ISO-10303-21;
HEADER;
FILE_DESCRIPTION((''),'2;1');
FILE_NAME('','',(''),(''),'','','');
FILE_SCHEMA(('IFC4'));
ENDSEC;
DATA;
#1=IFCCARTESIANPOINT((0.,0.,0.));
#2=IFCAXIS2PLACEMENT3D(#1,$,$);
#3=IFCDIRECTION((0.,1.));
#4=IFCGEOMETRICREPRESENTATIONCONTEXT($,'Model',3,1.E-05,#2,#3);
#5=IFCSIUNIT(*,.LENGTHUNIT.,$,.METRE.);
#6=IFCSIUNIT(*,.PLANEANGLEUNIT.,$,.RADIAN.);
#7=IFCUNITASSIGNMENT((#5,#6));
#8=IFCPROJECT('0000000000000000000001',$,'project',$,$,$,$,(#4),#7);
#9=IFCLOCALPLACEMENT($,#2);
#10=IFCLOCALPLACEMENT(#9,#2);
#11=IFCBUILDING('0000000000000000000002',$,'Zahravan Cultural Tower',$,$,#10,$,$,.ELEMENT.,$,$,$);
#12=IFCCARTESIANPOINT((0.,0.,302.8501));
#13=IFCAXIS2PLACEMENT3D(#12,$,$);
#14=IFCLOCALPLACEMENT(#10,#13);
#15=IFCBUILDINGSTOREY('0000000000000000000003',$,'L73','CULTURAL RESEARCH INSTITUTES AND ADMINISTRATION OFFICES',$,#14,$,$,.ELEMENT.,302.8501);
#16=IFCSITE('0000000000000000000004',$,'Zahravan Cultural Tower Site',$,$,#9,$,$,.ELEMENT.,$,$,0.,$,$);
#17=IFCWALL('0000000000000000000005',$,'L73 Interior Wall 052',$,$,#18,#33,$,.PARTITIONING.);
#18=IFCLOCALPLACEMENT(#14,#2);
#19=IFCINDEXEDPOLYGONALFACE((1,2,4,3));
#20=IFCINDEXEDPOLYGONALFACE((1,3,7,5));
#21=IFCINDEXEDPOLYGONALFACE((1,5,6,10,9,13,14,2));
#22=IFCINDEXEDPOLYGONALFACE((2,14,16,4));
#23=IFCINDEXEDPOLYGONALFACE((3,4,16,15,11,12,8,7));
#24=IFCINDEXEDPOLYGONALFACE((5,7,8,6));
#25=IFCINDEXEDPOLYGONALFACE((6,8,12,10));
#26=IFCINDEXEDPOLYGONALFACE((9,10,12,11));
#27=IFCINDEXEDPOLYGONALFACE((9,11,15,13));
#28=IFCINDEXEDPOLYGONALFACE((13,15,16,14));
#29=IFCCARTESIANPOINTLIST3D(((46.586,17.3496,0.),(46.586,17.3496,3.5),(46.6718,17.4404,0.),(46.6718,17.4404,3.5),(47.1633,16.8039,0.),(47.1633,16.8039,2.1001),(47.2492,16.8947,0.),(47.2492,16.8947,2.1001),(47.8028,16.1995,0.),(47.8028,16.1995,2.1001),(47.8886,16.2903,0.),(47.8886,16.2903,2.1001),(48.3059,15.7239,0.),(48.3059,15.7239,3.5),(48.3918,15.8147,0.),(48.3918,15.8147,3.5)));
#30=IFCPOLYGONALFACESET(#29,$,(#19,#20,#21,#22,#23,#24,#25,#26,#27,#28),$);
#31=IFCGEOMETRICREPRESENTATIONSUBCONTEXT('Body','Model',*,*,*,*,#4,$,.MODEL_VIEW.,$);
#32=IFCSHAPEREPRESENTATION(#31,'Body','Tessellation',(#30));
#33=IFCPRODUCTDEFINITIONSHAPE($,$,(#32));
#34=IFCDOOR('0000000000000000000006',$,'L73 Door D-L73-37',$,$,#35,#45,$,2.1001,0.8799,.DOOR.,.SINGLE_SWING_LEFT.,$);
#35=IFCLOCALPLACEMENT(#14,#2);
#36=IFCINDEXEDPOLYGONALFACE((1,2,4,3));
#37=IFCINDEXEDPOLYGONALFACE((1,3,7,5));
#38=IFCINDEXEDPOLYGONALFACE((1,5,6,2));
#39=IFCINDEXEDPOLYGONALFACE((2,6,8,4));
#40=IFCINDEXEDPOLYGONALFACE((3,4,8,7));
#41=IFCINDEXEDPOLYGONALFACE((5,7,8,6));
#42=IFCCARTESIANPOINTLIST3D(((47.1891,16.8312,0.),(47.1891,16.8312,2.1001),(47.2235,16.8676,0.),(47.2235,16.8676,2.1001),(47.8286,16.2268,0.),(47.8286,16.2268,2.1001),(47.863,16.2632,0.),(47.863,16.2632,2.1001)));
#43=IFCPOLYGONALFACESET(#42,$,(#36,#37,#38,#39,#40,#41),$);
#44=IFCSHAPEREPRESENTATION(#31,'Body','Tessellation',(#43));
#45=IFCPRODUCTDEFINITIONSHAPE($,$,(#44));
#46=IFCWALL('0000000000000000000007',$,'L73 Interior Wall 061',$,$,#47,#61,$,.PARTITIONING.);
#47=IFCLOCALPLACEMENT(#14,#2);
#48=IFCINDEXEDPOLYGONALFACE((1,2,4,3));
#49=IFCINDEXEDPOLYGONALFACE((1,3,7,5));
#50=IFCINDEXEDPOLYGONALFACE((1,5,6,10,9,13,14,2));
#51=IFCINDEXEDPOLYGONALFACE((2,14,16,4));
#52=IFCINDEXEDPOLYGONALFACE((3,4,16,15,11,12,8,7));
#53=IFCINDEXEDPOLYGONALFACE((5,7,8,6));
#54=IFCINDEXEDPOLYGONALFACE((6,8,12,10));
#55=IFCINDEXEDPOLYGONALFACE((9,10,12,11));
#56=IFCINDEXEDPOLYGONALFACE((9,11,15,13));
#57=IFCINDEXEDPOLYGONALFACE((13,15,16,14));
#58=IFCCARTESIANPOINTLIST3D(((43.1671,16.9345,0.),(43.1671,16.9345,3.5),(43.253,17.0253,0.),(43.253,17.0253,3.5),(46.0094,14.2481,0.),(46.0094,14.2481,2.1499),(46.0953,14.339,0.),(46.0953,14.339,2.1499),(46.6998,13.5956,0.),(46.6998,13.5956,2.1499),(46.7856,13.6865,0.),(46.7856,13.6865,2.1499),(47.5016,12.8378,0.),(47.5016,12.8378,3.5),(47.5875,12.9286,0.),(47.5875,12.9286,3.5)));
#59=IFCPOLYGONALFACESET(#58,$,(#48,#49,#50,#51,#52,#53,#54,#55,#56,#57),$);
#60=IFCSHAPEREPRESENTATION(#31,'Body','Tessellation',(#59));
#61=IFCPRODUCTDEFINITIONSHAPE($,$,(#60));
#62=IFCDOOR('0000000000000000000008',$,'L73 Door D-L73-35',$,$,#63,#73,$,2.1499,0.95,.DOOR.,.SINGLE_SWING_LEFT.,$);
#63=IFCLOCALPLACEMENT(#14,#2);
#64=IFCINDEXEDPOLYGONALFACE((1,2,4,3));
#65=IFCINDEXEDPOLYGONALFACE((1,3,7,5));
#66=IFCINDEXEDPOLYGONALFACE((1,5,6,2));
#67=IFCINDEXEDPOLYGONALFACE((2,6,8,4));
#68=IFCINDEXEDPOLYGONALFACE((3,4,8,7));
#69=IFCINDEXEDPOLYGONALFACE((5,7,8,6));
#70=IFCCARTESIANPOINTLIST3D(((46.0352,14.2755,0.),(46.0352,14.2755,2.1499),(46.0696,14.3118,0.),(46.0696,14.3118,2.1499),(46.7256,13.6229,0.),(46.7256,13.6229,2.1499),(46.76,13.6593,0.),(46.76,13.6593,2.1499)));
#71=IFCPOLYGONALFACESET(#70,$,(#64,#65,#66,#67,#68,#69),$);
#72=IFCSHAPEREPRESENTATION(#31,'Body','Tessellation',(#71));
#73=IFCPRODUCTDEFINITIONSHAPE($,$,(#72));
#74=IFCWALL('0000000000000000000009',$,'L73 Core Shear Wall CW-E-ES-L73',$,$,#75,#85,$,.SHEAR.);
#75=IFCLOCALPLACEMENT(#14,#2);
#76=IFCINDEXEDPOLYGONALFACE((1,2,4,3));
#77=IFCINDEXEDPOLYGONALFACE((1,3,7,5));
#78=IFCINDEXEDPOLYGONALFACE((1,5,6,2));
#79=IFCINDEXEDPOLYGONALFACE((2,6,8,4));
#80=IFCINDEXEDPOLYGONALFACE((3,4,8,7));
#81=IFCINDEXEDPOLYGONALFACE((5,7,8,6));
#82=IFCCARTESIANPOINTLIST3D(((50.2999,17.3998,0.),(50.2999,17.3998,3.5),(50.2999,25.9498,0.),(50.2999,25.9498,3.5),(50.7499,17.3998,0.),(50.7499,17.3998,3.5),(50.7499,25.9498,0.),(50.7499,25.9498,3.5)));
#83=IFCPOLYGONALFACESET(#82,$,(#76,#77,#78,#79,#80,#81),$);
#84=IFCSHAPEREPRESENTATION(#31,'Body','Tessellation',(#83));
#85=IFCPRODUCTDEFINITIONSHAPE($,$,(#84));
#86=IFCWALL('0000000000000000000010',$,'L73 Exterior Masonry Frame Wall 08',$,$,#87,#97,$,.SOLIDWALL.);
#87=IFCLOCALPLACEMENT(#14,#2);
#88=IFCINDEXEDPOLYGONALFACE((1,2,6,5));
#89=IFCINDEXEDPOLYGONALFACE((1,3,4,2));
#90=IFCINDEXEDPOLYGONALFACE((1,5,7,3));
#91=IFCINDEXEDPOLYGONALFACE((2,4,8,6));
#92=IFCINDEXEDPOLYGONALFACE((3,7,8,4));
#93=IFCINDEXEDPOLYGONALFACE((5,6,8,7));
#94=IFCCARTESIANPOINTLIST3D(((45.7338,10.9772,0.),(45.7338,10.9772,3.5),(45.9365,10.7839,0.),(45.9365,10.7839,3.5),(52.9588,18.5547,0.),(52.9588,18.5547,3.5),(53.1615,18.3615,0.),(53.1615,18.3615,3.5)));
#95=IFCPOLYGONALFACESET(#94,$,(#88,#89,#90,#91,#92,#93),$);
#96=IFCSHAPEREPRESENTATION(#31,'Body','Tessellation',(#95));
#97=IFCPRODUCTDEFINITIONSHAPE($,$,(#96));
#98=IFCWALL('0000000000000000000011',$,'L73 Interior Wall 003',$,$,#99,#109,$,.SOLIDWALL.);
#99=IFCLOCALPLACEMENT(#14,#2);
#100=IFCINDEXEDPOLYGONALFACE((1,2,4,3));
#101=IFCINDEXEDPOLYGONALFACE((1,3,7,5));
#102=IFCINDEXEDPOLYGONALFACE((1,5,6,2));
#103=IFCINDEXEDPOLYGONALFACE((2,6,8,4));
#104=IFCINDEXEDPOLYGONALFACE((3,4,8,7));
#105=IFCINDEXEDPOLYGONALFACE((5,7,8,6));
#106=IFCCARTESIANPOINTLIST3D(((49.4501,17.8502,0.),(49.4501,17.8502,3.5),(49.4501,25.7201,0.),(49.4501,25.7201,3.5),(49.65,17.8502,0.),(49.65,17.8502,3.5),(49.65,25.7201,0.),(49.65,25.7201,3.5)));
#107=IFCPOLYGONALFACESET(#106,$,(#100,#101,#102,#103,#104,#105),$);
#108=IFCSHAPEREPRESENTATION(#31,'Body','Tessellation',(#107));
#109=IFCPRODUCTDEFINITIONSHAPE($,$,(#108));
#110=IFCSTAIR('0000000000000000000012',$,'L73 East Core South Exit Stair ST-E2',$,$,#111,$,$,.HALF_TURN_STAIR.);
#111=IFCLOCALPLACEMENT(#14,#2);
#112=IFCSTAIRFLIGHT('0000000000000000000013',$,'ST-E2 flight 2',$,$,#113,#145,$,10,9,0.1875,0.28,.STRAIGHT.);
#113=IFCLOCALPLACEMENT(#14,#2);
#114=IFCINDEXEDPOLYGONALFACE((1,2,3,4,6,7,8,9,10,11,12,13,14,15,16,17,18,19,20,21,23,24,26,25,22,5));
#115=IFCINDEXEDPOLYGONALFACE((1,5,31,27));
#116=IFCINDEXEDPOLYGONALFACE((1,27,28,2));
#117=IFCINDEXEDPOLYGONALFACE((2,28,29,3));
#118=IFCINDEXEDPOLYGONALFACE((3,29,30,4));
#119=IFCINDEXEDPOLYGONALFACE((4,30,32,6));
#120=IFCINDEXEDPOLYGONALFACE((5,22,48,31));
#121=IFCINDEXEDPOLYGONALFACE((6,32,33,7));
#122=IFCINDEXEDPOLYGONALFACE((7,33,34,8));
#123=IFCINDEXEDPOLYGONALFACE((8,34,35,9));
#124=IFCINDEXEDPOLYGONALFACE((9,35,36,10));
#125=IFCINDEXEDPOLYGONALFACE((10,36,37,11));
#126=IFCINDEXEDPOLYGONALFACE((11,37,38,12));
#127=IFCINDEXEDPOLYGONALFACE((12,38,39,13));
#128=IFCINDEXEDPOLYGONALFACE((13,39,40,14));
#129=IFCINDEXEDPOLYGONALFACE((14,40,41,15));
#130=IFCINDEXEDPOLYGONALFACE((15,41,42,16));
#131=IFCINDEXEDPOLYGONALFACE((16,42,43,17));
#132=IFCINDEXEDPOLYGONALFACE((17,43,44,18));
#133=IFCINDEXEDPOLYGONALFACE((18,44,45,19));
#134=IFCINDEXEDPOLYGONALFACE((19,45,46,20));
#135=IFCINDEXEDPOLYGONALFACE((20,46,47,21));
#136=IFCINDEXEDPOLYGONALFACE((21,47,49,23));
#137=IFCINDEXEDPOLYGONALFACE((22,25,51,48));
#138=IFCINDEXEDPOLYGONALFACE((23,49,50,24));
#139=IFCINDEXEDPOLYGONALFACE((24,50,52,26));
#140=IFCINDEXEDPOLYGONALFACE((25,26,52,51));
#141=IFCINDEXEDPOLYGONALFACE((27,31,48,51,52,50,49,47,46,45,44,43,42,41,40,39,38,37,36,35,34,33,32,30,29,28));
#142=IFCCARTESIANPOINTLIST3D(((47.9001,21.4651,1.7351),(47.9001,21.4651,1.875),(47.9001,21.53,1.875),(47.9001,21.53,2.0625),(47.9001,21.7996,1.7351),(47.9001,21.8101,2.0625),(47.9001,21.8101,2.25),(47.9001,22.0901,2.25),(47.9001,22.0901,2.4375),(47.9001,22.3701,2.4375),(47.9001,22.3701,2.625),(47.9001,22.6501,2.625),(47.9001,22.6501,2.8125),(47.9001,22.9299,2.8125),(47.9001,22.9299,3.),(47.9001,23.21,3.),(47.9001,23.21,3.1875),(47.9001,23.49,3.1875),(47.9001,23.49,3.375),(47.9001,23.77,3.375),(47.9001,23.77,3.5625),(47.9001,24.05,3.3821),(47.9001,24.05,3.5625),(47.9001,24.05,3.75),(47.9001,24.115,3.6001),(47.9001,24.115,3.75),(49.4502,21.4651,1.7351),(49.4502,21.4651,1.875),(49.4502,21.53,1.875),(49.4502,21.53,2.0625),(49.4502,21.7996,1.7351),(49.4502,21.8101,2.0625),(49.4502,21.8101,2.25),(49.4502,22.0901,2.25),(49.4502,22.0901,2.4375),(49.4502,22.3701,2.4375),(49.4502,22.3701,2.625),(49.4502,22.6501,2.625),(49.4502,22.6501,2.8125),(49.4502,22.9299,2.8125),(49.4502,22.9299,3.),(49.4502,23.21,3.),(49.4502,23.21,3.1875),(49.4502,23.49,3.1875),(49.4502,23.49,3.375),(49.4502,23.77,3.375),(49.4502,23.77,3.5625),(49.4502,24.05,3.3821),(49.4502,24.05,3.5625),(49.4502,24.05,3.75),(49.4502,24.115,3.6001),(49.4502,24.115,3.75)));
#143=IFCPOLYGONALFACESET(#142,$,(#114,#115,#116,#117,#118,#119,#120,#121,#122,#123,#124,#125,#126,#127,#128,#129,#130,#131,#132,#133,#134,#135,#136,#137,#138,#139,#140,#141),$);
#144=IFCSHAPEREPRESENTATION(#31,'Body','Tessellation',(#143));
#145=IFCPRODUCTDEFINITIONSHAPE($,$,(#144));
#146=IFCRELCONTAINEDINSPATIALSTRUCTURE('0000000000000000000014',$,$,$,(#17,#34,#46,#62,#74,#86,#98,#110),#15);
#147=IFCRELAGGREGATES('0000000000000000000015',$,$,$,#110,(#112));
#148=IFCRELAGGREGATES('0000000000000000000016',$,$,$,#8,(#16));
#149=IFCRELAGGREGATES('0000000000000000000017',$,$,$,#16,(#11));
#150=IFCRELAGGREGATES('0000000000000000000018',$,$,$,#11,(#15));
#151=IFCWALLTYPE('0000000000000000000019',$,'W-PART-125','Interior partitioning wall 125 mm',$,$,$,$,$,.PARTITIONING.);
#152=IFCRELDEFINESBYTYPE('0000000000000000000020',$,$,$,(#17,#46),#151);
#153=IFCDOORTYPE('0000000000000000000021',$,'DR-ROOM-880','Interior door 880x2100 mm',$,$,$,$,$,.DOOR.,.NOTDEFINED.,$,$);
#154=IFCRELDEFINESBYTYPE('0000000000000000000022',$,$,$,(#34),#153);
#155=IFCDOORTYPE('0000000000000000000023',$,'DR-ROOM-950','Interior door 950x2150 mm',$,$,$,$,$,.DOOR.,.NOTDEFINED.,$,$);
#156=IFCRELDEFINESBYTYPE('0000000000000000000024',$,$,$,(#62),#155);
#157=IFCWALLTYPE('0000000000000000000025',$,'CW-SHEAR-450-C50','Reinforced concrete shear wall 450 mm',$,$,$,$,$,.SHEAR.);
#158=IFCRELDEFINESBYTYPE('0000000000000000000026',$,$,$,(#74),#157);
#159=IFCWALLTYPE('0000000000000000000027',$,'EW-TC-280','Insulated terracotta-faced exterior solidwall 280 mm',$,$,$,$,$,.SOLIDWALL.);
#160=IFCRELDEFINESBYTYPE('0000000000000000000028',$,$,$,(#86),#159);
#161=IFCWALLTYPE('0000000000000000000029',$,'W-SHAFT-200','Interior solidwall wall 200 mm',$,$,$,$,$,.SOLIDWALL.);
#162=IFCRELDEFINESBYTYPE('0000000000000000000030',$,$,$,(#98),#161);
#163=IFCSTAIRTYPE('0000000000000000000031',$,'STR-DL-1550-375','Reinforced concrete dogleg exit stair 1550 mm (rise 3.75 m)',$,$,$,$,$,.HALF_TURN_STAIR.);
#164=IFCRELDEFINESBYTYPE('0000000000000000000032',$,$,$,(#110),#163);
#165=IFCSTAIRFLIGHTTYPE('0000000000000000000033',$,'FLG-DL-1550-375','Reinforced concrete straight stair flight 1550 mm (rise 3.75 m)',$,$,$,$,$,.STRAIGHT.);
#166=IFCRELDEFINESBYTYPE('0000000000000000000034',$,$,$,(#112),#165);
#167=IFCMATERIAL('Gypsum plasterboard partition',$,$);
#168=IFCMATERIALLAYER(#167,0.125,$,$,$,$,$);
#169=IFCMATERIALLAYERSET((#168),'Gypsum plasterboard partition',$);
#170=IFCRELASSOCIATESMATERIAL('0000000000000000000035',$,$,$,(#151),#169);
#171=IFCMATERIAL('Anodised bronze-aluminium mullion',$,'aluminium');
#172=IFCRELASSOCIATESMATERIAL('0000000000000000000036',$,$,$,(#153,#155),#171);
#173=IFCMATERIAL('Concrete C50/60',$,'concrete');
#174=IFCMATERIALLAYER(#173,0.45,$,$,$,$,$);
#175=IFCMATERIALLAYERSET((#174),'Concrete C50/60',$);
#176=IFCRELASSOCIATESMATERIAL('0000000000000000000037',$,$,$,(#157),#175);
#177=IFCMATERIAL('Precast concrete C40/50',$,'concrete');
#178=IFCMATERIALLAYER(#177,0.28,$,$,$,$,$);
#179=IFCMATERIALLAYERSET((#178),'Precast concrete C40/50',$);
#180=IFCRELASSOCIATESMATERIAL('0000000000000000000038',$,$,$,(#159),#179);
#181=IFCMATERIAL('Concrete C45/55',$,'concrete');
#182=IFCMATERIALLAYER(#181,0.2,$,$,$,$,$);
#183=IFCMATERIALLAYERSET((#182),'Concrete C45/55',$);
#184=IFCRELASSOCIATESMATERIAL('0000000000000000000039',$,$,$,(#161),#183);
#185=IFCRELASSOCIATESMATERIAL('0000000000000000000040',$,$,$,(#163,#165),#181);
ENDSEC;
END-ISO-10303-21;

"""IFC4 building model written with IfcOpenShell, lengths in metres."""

from ifc_helpers import new_model, si_unit, direction, frame, frame_2d, origin, place, context, subcontext, project, spatial, polyline, rectangle, outline, extrude, source, transform, mapped, material, layer, layer_set, type_object, element, fill, aggregate, save


model = new_model("IFC4")

# Units and contexts
model_context = context("Model", 3, precision=1e-05, world=origin(), true_north=direction((0.0, 1.0)))
body_context = subcontext(model_context, "Body", "Model", "MODEL_VIEW")
ifc_project = project(units=[si_unit("LENGTHUNIT", "METRE"), si_unit("PLANEANGLEUNIT", "RADIAN")], contexts=[model_context])

# Site, building, storey
site_placement = place(None, origin())
site = spatial("IfcSite", under=ifc_project, at=site_placement, Name="Zahravan Cultural Tower Site", CompositionType="ELEMENT", RefElevation=0.0)
building_placement = place(site_placement, origin())
building = spatial("IfcBuilding", under=site, at=building_placement, Name="Zahravan Cultural Tower", CompositionType="ELEMENT")
storey_placement = place(building_placement, frame((0.0, 0.0, 302.8501)))
storey = spatial("IfcBuildingStorey", under=building, at=storey_placement, Name="L73", Description="CULTURAL RESEARCH INSTITUTES AND ADMINISTRATION OFFICES", CompositionType="ELEMENT", Elevation=302.8501)

# Shared definitions
ifc_material_1 = material(Name="Concrete C50/60", Category="concrete")

# Shared definitions
ifc_material_2 = material(Name="Anodised bronze-aluminium mullion", Category="aluminium")

# Walls, openings, doors
ifc_material_3 = material(Name="Gypsum plasterboard partition")
ifc_layer_1 = layer(ifc_material_3, 0.125)
ifc_layer_set_1 = layer_set([ifc_layer_1], Name="Gypsum plasterboard partition")
wall_type_1 = type_object("IfcWallType", Name="W-PART-125", Description="Interior partitioning wall 125 mm", PredefinedType="PARTITIONING", material=ifc_layer_set_1)
wall_1_placement = place(storey_placement, frame((48.3489, 15.7693, 0.0), z_axis=(0.0, 0.0, 1.0), x_axis=(-0.726736, 0.686917, 0.0)))
wall_1 = element("IfcWall", 1, at=wall_1_placement, inside=storey, type_object=wall_type_1, Name="L73 Interior Wall 052", PredefinedType="PARTITIONING", context=body_context, shape_type="SweptSolid", body=[
    extrude(rectangle(XDim=2.3667, YDim=0.125, at=frame_2d((1.1833, 0.0))), origin(), (0.0, 0.0, 1.0), 3.5),
])
opening_1_placement = place(wall_1_placement, frame((0.6924, 0.0, 0.0)))
opening_1 = element("IfcOpeningElement", 2, at=opening_1_placement, cuts=wall_1, PredefinedType="OPENING", context=body_context, shape_type="SweptSolid", body=[
    extrude(rectangle(XDim=0.8799, YDim=2.1001, at=frame_2d((0.4399, 1.05))), frame((0.0, 0.0725, 0.0), z_axis=(0.0, -1.0, 0.0), x_axis=(1.0, 0.0, 0.0)), (0.0, 0.0, 1.0), 0.145),
])
door_type_1 = type_object("IfcDoorType", Name="DR-ROOM-880", Description="Interior door 880x2100 mm", OperationType="NOTDEFINED", PredefinedType="DOOR", material=ifc_material_2)
shared_shape_1 = source(origin(), body_context, "Body", "SweptSolid", [
    extrude(rectangle(XDim=0.8799, YDim=2.1001, at=frame_2d((0.4399, 1.05))), frame((0.0, 0.0249, 0.0), z_axis=(0.0, -1.0, 0.0), x_axis=(1.0, 0.0, 0.0)), (0.0, 0.0, 1.0), 0.05),
])
door_1_placement = place(opening_1_placement, origin())
door_1 = element("IfcDoor", 3, at=door_1_placement, inside=storey, type_object=door_type_1, Name="L73 Door D-L73-37", OperationType="SINGLE_SWING_LEFT", OverallHeight=2.1001, OverallWidth=0.8799, PredefinedType="DOOR", context=body_context, shape_type="MappedRepresentation", body=[
    mapped(shared_shape_1, transform((0.0, 0.0, 0.0), x_axis=(1.0, 0.0, 0.0), y_axis=(0.0, 1.0, 0.0), z_axis=(0.0, 0.0, 1.0), scale=1.0)),
])
fill(opening_1, door_1)
wall_2_placement = place(storey_placement, frame((47.5444, 12.8833, 0.0), z_axis=(0.0, 0.0, 1.0), x_axis=(-0.726761, 0.68689, 0.0)))
wall_2 = element("IfcWall", 4, at=wall_2_placement, inside=storey, type_object=wall_type_1, Name="L73 Interior Wall 061", PredefinedType="PARTITIONING", context=body_context, shape_type="SweptSolid", body=[
    extrude(rectangle(XDim=5.9641, YDim=0.125, at=frame_2d((2.9819, 0.0))), origin(), (0.0, 0.0, 1.0), 3.5),
])
opening_2_placement = place(wall_2_placement, frame((1.103, 0.0, 0.0)))
opening_2 = element("IfcOpeningElement", 5, at=opening_2_placement, cuts=wall_2, PredefinedType="OPENING", context=body_context, shape_type="SweptSolid", body=[
    extrude(rectangle(XDim=0.95, YDim=2.1499, at=frame_2d((0.4751, 1.075))), frame((0.0, 0.0725, 0.0), z_axis=(0.0, -1.0, 0.0), x_axis=(1.0, 0.0, 0.0)), (0.0, 0.0, 1.0), 0.145),
])
door_type_2 = type_object("IfcDoorType", Name="DR-ROOM-950", Description="Interior door 950x2150 mm", OperationType="NOTDEFINED", PredefinedType="DOOR", material=ifc_material_2)
shared_shape_2 = source(origin(), body_context, "Body", "SweptSolid", [
    extrude(rectangle(XDim=0.95, YDim=2.1499, at=frame_2d((0.4751, 1.075))), frame((0.0, 0.0249, 0.0), z_axis=(0.0, -1.0, 0.0), x_axis=(1.0, 0.0, 0.0)), (0.0, 0.0, 1.0), 0.05),
])
door_2_placement = place(opening_2_placement, origin())
door_2 = element("IfcDoor", 6, at=door_2_placement, inside=storey, type_object=door_type_2, Name="L73 Door D-L73-35", OperationType="SINGLE_SWING_LEFT", OverallHeight=2.1499, OverallWidth=0.95, PredefinedType="DOOR", context=body_context, shape_type="MappedRepresentation", body=[
    mapped(shared_shape_2, transform((0.0, 0.0, 0.0), x_axis=(1.0, 0.0, 0.0), y_axis=(0.0, 1.0, 0.0), z_axis=(0.0, 0.0, 1.0), scale=1.0)),
])
fill(opening_2, door_2)

# Walls
ifc_layer_2 = layer(ifc_material_1, 0.45)
ifc_layer_set_2 = layer_set([ifc_layer_2], Name="Concrete C50/60")
wall_type_2 = type_object("IfcWallType", Name="CW-SHEAR-450-C50", Description="Reinforced concrete shear wall 450 mm", PredefinedType="SHEAR", material=ifc_layer_set_2)
shared_shape_3 = source(origin(), body_context, "Body", "SweptSolid", [
    extrude(rectangle(XDim=8.55, YDim=0.45, at=frame_2d((4.2749, 0.0))), origin(), (0.0, 0.0, 1.0), 3.5),
])
wall_3_placement = place(storey_placement, frame((50.5249, 17.3999, 0.0), z_axis=(0.0, 0.0, 1.0), x_axis=(0.0, 1.0, 0.0)))
element("IfcWall", 7, at=wall_3_placement, inside=storey, type_object=wall_type_2, Name="L73 Core Shear Wall CW-E-ES-L73", PredefinedType="SHEAR", context=body_context, shape_type="MappedRepresentation", body=[
    mapped(shared_shape_3, transform((0.0, 0.0, 0.0), x_axis=(1.0, 0.0, 0.0), y_axis=(0.0, 1.0, 0.0), z_axis=(0.0, 0.0, 1.0), scale=1.0)),
])
ifc_material_4 = material(Name="Precast concrete C40/50", Category="concrete")
ifc_layer_3 = layer(ifc_material_4, 0.28)
ifc_layer_set_3 = layer_set([ifc_layer_3], Name="Precast concrete C40/50")
wall_type_3 = type_object("IfcWallType", Name="EW-TC-280", Description="Insulated terracotta-faced exterior solidwall 280 mm", PredefinedType="SOLIDWALL", material=ifc_layer_set_3)
shared_shape_4 = source(origin(), body_context, "Body", "SweptSolid", [
    extrude(rectangle(XDim=10.47, YDim=0.28, at=frame_2d((5.2349, 0.0))), origin(), (0.0, 0.0, 1.0), 3.5),
])
wall_4_placement = place(storey_placement, frame((53.0601, 18.458, 0.0), z_axis=(0.0, 0.0, 1.0), x_axis=(-0.690071, -0.723742, 0.0)))
element("IfcWall", 8, at=wall_4_placement, inside=storey, type_object=wall_type_3, Name="L73 Exterior Masonry Frame Wall 08", PredefinedType="SOLIDWALL", context=body_context, shape_type="MappedRepresentation", body=[
    mapped(shared_shape_4, transform((0.0, 0.0, 0.0), x_axis=(1.0, 0.0, 0.0), y_axis=(0.0, 1.0, 0.0), z_axis=(0.0, 0.0, 1.0), scale=1.0)),
])
ifc_material_5 = material(Name="Concrete C45/55", Category="concrete")
ifc_layer_4 = layer(ifc_material_5, 0.2)
ifc_layer_set_4 = layer_set([ifc_layer_4], Name="Concrete C45/55")
wall_type_4 = type_object("IfcWallType", Name="W-SHAFT-200", Description="Interior solidwall wall 200 mm", PredefinedType="SOLIDWALL", material=ifc_layer_set_4)
shared_shape_5 = source(origin(), body_context, "Body", "SweptSolid", [
    extrude(rectangle(XDim=7.8699, YDim=0.2, at=frame_2d((3.9351, 0.0))), origin(), (0.0, 0.0, 1.0), 3.5),
])
wall_5_placement = place(storey_placement, frame((49.55, 17.8501, 0.0), z_axis=(0.0, 0.0, 1.0), x_axis=(0.0, 1.0, 0.0)))
element("IfcWall", 9, at=wall_5_placement, inside=storey, type_object=wall_type_4, Name="L73 Interior Wall 003", PredefinedType="SOLIDWALL", context=body_context, shape_type="MappedRepresentation", body=[
    mapped(shared_shape_5, transform((0.0, 0.0, 0.0), x_axis=(1.0, 0.0, 0.0), y_axis=(0.0, 1.0, 0.0), z_axis=(0.0, 0.0, 1.0), scale=1.0)),
])

# Stair, stair flight
stair_type = type_object("IfcStairType", Name="STR-DL-1550-375", Description="Reinforced concrete dogleg exit stair 1550 mm (rise 3.75 m)", PredefinedType="HALF_TURN_STAIR", material=ifc_material_5)
stair_placement = place(storey_placement, origin())
stair = element("IfcStair", 10, at=stair_placement, inside=storey, type_object=stair_type, Name="L73 East Core South Exit Stair ST-E2", PredefinedType="HALF_TURN_STAIR")
stair_flight_type = type_object("IfcStairFlightType", Name="FLG-DL-1550-375", Description="Reinforced concrete straight stair flight 1550 mm (rise 3.75 m)", PredefinedType="STRAIGHT", material=ifc_material_5)
stair_flight_placement = place(storey_placement, frame((48.675, 21.53, 1.875), z_axis=(0.0, 0.0, 1.0), x_axis=(0.0, 1.0, 0.0)))
stair_flight = element("IfcStairFlight", 11, at=stair_flight_placement, type_object=stair_flight_type, Name="ST-E2 flight 2", NumberOfRisers=10, NumberOfTreads=9, PredefinedType="STRAIGHT", RiserHeight=0.1875, TreadLength=0.28, context=body_context, shape_type="SweptSolid", body=[
    extrude(outline(polyline([(-0.0649, -0.1399), (-0.0649, 0.0), (0.0, 0.0), (0.0, 0.1875), (0.28, 0.1875), (0.28, 0.375), (0.5601, 0.375), (0.5601, 0.5625), (0.8401, 0.5625), (0.8401, 0.75), (1.1201, 0.75), (1.1201, 0.9375), (1.3999, 0.9375), (1.3999, 1.125), (1.6799, 1.125), (1.6799, 1.3125), (1.96, 1.3125), (1.96, 1.5), (2.24, 1.5), (2.24, 1.6875), (2.52, 1.6875), (2.52, 1.875), (2.585, 1.875), (2.585, 1.7251), (2.52, 1.5071), (0.2695, -0.1399), (-0.0649, -0.1399)])), frame((0.0, 0.7749, 0.0), z_axis=(0.0, -1.0, 0.0), x_axis=(1.0, 0.0, 0.0)), (0.0, 0.0, 1.0), 1.55),
])
aggregate(stair, [stair_flight])

save(model, "model.ifc")
